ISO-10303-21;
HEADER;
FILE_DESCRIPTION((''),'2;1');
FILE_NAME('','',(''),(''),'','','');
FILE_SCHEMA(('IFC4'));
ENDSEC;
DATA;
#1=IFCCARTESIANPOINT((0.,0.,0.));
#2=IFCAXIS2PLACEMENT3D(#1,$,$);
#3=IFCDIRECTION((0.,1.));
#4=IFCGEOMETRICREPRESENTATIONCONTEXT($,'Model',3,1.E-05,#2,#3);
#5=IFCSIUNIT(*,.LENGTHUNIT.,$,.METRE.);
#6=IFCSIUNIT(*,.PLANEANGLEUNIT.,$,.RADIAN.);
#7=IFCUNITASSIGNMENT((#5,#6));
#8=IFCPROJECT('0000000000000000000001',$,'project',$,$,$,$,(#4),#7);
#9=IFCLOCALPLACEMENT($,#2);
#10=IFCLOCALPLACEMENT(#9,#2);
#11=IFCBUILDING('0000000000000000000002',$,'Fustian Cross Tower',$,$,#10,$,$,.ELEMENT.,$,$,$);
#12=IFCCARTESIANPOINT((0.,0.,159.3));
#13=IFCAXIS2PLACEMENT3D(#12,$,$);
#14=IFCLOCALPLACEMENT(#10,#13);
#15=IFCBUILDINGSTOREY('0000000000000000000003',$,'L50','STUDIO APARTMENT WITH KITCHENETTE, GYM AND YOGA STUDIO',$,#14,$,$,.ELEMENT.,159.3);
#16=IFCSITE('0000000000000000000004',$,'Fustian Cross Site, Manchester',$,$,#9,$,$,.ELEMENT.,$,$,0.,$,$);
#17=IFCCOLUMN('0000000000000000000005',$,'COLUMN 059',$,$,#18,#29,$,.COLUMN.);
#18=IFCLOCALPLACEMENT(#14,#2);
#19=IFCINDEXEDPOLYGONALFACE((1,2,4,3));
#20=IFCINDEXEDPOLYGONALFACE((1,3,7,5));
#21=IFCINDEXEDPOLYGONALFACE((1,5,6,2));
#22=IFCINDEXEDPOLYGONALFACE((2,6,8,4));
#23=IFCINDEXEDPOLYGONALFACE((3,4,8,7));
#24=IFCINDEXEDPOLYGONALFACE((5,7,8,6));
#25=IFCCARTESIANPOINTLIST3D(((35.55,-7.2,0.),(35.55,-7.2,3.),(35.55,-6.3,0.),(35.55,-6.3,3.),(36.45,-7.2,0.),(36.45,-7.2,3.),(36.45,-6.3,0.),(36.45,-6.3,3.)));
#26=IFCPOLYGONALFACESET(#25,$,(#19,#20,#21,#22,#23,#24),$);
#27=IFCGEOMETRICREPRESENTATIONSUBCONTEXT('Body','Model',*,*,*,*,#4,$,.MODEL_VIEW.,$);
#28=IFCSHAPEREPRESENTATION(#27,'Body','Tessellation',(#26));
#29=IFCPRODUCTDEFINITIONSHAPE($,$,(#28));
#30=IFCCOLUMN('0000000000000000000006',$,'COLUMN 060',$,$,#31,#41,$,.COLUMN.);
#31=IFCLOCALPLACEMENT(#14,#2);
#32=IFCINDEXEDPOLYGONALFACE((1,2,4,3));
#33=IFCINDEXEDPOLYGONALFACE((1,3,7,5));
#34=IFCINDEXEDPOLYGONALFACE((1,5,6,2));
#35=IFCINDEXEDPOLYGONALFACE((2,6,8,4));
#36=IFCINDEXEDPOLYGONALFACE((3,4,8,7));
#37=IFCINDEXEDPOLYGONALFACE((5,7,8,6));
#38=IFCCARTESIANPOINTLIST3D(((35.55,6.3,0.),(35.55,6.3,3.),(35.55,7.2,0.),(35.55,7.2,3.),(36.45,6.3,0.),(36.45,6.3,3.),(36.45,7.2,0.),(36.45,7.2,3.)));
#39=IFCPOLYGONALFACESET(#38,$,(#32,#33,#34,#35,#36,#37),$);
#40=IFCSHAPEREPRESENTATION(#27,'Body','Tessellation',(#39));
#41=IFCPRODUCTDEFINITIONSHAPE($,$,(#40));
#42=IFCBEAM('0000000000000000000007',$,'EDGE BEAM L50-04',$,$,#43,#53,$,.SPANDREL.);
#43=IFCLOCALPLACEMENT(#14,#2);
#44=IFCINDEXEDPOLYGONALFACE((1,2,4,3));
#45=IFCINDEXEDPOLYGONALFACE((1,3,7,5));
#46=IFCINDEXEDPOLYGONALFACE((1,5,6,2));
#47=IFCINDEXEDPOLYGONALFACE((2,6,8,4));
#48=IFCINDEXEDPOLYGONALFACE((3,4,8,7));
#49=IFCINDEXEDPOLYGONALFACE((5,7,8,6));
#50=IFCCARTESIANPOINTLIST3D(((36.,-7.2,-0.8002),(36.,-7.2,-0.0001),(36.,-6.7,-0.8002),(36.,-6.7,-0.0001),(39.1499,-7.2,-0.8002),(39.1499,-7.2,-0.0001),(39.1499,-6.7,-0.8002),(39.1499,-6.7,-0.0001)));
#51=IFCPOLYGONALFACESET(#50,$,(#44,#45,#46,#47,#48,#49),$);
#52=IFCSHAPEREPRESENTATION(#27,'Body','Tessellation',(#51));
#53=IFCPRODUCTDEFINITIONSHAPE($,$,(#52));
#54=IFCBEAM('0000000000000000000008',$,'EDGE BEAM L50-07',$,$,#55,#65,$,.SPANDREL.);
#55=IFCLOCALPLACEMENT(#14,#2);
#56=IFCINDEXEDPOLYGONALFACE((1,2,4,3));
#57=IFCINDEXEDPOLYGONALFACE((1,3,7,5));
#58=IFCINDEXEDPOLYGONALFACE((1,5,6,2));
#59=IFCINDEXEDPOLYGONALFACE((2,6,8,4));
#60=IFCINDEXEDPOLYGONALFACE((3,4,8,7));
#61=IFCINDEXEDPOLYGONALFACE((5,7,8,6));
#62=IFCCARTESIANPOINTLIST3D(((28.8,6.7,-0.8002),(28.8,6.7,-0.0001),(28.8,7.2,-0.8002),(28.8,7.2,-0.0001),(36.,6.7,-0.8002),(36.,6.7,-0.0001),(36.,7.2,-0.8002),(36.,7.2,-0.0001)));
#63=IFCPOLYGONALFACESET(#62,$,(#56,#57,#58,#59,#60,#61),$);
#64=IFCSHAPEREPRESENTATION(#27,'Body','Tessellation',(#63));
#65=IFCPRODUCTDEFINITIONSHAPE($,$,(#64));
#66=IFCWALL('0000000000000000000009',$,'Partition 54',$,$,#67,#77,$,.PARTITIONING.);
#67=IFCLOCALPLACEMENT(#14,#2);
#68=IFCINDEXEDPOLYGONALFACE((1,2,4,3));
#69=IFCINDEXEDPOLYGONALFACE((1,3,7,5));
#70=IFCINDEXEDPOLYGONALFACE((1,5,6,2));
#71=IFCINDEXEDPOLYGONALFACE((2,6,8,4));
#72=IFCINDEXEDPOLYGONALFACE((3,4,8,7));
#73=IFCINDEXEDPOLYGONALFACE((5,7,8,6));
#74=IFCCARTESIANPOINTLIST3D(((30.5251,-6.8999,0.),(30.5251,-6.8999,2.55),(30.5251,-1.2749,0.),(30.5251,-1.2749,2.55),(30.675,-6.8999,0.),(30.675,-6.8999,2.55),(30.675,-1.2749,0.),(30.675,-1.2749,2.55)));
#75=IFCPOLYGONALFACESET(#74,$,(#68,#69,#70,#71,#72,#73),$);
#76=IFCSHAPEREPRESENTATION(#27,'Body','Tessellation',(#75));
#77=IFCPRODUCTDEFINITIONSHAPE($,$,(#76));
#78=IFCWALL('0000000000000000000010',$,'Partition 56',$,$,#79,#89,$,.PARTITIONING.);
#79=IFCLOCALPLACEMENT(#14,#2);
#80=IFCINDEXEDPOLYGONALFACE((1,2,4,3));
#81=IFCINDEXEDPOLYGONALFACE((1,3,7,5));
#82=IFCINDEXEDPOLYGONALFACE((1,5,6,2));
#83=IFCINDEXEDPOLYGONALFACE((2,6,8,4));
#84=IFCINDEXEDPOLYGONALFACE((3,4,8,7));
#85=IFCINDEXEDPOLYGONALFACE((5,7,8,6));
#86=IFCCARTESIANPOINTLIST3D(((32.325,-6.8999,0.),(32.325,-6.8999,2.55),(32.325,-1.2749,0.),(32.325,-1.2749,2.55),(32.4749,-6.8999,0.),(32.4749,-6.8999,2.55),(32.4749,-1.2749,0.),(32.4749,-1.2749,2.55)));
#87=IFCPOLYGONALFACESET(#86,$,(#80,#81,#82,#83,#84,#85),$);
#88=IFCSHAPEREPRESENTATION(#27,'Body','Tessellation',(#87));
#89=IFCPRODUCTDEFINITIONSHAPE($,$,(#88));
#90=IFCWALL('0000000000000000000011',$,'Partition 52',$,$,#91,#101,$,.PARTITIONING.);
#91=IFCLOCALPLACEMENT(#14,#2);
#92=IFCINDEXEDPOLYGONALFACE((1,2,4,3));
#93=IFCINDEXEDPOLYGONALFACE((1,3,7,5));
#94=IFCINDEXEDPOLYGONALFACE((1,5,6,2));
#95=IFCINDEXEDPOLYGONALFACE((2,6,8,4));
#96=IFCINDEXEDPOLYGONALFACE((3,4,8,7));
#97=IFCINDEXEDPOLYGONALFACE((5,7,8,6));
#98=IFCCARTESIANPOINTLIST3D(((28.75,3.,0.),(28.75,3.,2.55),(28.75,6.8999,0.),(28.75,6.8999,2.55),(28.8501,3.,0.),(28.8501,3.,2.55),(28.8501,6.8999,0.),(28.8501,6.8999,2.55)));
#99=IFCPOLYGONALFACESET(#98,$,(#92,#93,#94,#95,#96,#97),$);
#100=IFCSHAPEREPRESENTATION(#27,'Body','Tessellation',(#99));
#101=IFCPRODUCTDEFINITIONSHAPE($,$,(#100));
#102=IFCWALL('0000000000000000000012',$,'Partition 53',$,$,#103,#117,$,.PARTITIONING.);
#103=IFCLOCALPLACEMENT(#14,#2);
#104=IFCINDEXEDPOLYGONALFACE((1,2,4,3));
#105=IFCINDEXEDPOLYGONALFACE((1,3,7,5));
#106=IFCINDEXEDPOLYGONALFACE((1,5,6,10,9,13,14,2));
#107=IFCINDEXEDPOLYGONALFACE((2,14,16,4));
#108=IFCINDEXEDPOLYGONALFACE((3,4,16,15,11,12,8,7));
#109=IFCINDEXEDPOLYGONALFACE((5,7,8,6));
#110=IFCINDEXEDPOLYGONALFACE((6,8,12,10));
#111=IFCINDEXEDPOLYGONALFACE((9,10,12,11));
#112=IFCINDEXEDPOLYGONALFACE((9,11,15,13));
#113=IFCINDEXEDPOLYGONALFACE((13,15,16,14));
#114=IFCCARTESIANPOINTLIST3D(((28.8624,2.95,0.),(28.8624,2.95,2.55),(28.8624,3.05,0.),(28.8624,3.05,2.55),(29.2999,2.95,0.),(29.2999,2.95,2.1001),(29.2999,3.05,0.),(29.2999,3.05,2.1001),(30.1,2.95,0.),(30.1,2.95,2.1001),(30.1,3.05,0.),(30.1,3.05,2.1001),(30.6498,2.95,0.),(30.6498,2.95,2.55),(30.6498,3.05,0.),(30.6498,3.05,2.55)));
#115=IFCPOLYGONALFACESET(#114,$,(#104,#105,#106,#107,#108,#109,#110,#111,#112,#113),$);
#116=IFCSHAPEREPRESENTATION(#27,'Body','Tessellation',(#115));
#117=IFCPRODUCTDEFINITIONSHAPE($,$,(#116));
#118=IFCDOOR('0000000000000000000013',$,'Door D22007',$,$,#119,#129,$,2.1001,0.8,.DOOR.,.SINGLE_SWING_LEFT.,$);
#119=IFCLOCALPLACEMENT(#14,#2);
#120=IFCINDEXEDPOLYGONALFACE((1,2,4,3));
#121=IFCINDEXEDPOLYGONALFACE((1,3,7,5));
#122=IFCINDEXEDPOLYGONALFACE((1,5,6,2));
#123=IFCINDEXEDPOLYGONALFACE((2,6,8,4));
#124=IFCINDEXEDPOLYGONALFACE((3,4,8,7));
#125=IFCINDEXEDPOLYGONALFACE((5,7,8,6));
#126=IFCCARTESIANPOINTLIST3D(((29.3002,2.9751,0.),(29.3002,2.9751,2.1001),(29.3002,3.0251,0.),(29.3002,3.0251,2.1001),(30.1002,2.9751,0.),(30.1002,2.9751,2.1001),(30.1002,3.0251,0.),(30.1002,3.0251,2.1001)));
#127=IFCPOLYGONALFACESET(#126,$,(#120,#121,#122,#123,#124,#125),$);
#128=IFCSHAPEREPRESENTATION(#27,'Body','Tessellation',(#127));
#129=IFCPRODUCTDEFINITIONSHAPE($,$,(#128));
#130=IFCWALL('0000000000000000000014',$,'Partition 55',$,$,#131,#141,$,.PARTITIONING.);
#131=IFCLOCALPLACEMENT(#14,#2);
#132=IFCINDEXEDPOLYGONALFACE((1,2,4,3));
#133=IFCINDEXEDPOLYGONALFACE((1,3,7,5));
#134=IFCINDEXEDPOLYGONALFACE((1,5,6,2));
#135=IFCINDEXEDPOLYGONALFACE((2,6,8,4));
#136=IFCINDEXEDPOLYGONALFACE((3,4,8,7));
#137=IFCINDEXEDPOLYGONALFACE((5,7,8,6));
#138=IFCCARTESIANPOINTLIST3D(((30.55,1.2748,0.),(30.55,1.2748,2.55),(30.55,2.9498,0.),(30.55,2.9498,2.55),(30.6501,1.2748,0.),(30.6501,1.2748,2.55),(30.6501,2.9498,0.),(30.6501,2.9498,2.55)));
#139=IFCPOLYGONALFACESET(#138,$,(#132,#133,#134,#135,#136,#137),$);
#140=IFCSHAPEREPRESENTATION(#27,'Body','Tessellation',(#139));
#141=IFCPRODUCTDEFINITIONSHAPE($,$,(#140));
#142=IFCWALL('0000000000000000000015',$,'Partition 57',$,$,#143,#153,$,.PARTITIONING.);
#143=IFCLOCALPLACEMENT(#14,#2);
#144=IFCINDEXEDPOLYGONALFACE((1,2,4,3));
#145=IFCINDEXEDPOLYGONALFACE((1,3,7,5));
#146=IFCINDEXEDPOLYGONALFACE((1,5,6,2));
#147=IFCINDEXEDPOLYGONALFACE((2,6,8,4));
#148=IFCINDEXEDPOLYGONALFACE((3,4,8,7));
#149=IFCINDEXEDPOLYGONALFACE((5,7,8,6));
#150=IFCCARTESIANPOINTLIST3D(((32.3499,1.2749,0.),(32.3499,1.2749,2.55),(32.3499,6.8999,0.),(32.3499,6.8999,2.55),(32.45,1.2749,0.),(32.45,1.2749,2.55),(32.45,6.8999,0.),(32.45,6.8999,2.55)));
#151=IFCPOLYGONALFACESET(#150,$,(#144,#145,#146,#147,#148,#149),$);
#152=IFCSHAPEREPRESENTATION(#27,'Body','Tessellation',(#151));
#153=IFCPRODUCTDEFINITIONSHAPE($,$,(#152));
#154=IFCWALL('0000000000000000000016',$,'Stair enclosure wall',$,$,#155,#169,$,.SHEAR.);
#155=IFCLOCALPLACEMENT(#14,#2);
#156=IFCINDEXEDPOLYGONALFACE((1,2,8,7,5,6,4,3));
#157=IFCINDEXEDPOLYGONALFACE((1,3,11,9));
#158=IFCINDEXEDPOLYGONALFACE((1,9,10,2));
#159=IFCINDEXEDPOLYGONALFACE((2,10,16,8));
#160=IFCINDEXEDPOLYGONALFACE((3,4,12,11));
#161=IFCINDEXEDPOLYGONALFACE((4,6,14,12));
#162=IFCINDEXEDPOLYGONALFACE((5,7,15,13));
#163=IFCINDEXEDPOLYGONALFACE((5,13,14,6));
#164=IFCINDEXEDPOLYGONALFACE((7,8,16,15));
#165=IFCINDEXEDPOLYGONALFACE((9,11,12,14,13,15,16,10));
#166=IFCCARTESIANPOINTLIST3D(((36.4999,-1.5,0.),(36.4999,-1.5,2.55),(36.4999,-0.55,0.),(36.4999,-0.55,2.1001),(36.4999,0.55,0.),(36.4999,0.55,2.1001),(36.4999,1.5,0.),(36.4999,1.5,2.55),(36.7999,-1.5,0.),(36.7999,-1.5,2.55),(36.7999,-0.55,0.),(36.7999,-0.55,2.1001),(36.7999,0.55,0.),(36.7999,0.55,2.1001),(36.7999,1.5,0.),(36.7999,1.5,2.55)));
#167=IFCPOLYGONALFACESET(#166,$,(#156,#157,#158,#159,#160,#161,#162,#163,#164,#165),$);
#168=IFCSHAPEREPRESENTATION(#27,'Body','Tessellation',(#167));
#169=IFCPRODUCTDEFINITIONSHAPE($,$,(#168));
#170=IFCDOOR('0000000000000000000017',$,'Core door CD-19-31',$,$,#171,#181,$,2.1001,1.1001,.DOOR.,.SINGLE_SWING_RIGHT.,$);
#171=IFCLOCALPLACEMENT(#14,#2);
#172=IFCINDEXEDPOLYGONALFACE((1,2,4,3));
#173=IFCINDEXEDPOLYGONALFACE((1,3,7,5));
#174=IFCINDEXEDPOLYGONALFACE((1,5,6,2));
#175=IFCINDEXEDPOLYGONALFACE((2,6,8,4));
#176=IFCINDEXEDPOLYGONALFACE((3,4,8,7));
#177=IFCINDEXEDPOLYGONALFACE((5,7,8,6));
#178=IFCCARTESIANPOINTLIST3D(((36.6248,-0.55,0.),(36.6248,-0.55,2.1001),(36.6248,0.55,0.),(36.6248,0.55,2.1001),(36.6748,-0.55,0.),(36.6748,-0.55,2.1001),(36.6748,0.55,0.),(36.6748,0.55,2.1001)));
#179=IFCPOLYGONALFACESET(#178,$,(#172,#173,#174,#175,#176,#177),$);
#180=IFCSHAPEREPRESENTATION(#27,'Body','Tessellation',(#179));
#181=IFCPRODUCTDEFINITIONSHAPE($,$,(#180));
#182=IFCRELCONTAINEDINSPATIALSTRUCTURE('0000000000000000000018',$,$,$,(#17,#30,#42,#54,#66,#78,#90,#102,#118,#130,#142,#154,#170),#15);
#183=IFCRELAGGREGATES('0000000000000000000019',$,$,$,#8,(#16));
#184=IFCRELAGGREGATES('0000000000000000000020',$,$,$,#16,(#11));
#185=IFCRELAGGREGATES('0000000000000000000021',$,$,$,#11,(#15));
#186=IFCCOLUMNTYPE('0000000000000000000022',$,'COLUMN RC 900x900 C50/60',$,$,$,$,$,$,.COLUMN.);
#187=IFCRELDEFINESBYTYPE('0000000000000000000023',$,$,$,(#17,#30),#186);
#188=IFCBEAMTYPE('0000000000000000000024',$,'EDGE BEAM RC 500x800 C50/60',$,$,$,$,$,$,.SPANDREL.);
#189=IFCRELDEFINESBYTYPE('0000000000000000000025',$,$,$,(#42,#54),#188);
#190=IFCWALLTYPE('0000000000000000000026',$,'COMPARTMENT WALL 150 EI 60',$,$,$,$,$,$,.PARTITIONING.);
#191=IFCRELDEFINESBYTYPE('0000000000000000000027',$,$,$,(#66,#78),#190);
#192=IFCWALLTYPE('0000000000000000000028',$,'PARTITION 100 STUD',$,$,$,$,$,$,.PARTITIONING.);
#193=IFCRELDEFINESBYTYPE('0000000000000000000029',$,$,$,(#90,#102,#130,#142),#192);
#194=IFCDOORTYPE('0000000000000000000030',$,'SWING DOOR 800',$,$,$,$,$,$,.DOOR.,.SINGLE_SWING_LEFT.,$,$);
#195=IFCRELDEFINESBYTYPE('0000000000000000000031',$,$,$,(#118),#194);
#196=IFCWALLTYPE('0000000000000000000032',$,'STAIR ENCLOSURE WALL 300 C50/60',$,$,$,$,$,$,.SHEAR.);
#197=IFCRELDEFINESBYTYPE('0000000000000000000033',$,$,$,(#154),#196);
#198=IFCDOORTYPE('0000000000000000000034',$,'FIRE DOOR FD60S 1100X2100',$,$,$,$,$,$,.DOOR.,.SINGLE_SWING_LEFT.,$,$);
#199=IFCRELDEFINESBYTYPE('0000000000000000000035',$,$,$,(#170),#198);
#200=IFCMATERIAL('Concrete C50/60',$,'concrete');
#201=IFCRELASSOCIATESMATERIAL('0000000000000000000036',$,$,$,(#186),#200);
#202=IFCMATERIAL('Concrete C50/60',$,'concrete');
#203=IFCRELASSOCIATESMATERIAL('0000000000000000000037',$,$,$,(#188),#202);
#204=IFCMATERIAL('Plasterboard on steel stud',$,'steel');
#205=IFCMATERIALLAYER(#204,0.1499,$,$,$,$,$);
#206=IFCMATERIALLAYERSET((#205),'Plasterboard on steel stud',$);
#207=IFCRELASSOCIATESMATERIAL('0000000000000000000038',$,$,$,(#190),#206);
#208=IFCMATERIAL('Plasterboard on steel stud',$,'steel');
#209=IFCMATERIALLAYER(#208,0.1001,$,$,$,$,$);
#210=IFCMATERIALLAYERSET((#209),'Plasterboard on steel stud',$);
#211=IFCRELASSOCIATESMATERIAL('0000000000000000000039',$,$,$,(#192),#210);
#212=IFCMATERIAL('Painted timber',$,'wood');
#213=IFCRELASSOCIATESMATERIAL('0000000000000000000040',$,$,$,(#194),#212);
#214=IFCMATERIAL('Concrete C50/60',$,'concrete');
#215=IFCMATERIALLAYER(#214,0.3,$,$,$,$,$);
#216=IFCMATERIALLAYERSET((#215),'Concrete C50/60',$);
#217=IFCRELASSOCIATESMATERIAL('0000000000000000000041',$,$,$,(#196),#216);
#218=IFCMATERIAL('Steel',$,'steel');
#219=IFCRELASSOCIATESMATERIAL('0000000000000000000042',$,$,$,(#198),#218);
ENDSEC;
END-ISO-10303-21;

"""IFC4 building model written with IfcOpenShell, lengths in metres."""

from ifc_helpers import new_model, si_unit, direction, frame, frame_2d, origin, origin_2d, place, context, subcontext, project, spatial, rectangle, extrude, material, layer, layer_set, material_profile, profile_set, type_object, element, fill, save


model = new_model("IFC4")

# Units and contexts
model_context = context("Model", 3, precision=1e-05, world=origin(), true_north=direction((0.0, 1.0)))
body_context = subcontext(model_context, "Body", "Model", "MODEL_VIEW")
ifc_project = project(units=[si_unit("LENGTHUNIT", "METRE"), si_unit("PLANEANGLEUNIT", "RADIAN")], contexts=[model_context])

# Site, building, storey
site_placement = place(None, origin())
site = spatial("IfcSite", under=ifc_project, at=site_placement, Name="Fustian Cross Site, Manchester", CompositionType="ELEMENT", RefElevation=0.0)
building_placement = place(site_placement, origin())
building = spatial("IfcBuilding", under=site, at=building_placement, Name="Fustian Cross Tower", CompositionType="ELEMENT")
storey_placement = place(building_placement, frame((0.0, 0.0, 159.3)))
storey = spatial("IfcBuildingStorey", under=building, at=storey_placement, Name="L50", Description="STUDIO APARTMENT WITH KITCHENETTE, GYM AND YOGA STUDIO", CompositionType="ELEMENT", Elevation=159.3)

# Columns
ifc_material_1 = material(Name="Concrete C50/60", Category="concrete")
ifc_material_profile_1 = material_profile(ifc_material_1, rectangle(XDim=0.8999, YDim=0.8999, at=origin_2d()), Name="RC 900x900")
ifc_profile_set_1 = profile_set([ifc_material_profile_1], Name="Concrete C50/60")
column_type = type_object("IfcColumnType", Name="COLUMN RC 900x900 C50/60", PredefinedType="COLUMN", material=ifc_profile_set_1)
for number, where, z_axis, x_axis, name in (
    (1, (36.0, -6.75, 0.0), (0.0, 0.0, 1.0), (1.0, 0.0, 0.0), "COLUMN 059"),
    (2, (36.0, 6.75, 0.0), (0.0, 0.0, 1.0), (1.0, 0.0, 0.0), "COLUMN 060"),
):
    element("IfcColumn", number, at=place(storey_placement, frame(where, z_axis=z_axis, x_axis=x_axis)), inside=storey, type_object=column_type, Name=name, PredefinedType="COLUMN", context=body_context, shape_type="SweptSolid", body=[
        extrude(rectangle(XDim=0.8999, YDim=0.8999, at=origin_2d()), origin(), (0.0, 0.0, 1.0), 3.0),
    ])

# Beams
ifc_material_2 = material(Name="Concrete C50/60", Category="concrete")
ifc_material_profile_2 = material_profile(ifc_material_2, rectangle(XDim=0.5, YDim=0.8, at=origin_2d()), Name="RC 500x800")
ifc_profile_set_2 = profile_set([ifc_material_profile_2], Name="Concrete C50/60")
beam_type = type_object("IfcBeamType", Name="EDGE BEAM RC 500x800 C50/60", PredefinedType="SPANDREL", material=ifc_profile_set_2)
beam_1_placement = place(storey_placement, frame((36.0, -6.95, -0.4001), z_axis=(1.0, 0.0, 0.0), x_axis=(0.0, 1.0, 0.0)))
element("IfcBeam", 3, at=beam_1_placement, inside=storey, type_object=beam_type, Name="EDGE BEAM L50-04", PredefinedType="SPANDREL", context=body_context, shape_type="SweptSolid", body=[
    extrude(rectangle(XDim=0.5, YDim=0.8, at=origin_2d()), origin(), (0.0, 0.0, 1.0), 3.1499),
])
beam_2_placement = place(storey_placement, frame((36.0, 6.95, -0.4001), z_axis=(-1.0, 0.0, 0.0), x_axis=(0.0, -1.0, 0.0)))
element("IfcBeam", 4, at=beam_2_placement, inside=storey, type_object=beam_type, Name="EDGE BEAM L50-07", PredefinedType="SPANDREL", context=body_context, shape_type="SweptSolid", body=[
    extrude(rectangle(XDim=0.5, YDim=0.8, at=origin_2d()), origin(), (0.0, 0.0, 1.0), 7.2),
])

# Walls
ifc_material_3 = material(Name="Plasterboard on steel stud", Category="steel")
ifc_layer_1 = layer(ifc_material_3, 0.1499)
ifc_layer_set_1 = layer_set([ifc_layer_1], Name="Plasterboard on steel stud")
wall_type_1 = type_object("IfcWallType", Name="COMPARTMENT WALL 150 EI 60", PredefinedType="PARTITIONING", material=ifc_layer_set_1)
for number, where, z_axis, x_axis, name in (
    (5, (30.6001, -6.8999, 0.0), (0.0, 0.0, 1.0), (0.0, 1.0, 0.0), "Partition 54"),
    (6, (32.3999, -6.8999, 0.0), (0.0, 0.0, 1.0), (0.0, 1.0, 0.0), "Partition 56"),
):
    element("IfcWall", number, at=place(storey_placement, frame(where, z_axis=z_axis, x_axis=x_axis)), inside=storey, type_object=wall_type_1, Name=name, PredefinedType="PARTITIONING", context=body_context, shape_type="SweptSolid", body=[
        extrude(rectangle(XDim=5.625, YDim=0.1499, at=frame_2d((2.8125, 0.0))), origin(), (0.0, 0.0, 1.0), 2.55),
    ])
ifc_material_4 = material(Name="Plasterboard on steel stud", Category="steel")
ifc_layer_2 = layer(ifc_material_4, 0.1001)
ifc_layer_set_2 = layer_set([ifc_layer_2], Name="Plasterboard on steel stud")
wall_type_2 = type_object("IfcWallType", Name="PARTITION 100 STUD", PredefinedType="PARTITIONING", material=ifc_layer_set_2)
wall_1_placement = place(storey_placement, frame((28.8, 3.0, 0.0), z_axis=(0.0, 0.0, 1.0), x_axis=(0.0, 1.0, 0.0)))
element("IfcWall", 7, at=wall_1_placement, inside=storey, type_object=wall_type_2, Name="Partition 52", PredefinedType="PARTITIONING", context=body_context, shape_type="SweptSolid", body=[
    extrude(rectangle(XDim=3.8999, YDim=0.1001, at=frame_2d((1.95, 0.0))), origin(), (0.0, 0.0, 1.0), 2.55),
])

# Wall, opening, door
wall_2_placement = place(storey_placement, frame((28.8625, 3.0, 0.0), z_axis=(0.0, 0.0, 1.0), x_axis=(1.0, 0.0, 0.0)))
wall_2 = element("IfcWall", 8, at=wall_2_placement, inside=storey, type_object=wall_type_2, Name="Partition 53", PredefinedType="PARTITIONING", context=body_context, shape_type="SweptSolid", body=[
    extrude(rectangle(XDim=1.7874, YDim=0.1001, at=frame_2d((0.8936, 0.0))), origin(), (0.0, 0.0, 1.0), 2.55),
])
opening_1_placement = place(wall_2_placement, frame((0.4375, 0.0, 0.0)))
opening_1 = element("IfcOpeningElement", 9, at=opening_1_placement, cuts=wall_2, PredefinedType="OPENING", context=body_context, shape_type="SweptSolid", body=[
    extrude(rectangle(XDim=0.8, YDim=2.1001, at=frame_2d((0.3999, 1.05))), frame((0.0, 0.0601, 0.0), z_axis=(0.0, -1.0, 0.0), x_axis=(1.0, 0.0, 0.0)), (0.0, 0.0, 1.0), 0.1201),
])
ifc_material_5 = material(Name="Painted timber", Category="wood")
door_type_1 = type_object("IfcDoorType", Name="SWING DOOR 800", OperationType="SINGLE_SWING_LEFT", PredefinedType="DOOR", material=ifc_material_5)
door_1_placement = place(opening_1_placement, frame((0.8, 0.0, 0.0), z_axis=(0.0, 0.0, 1.0), x_axis=(-1.0, 0.0, 0.0)))
door_1 = element("IfcDoor", 10, at=door_1_placement, inside=storey, type_object=door_type_1, Name="Door D22007", OperationType="SINGLE_SWING_LEFT", OverallHeight=2.1001, OverallWidth=0.8, PredefinedType="DOOR", context=body_context, shape_type="SweptSolid", body=[
    extrude(rectangle(XDim=0.8, YDim=2.1001, at=frame_2d((0.3999, 1.05))), frame((0.0, 0.0249, 0.0), z_axis=(0.0, -1.0, 0.0), x_axis=(1.0, 0.0, 0.0)), (0.0, 0.0, 1.0), 0.05),
])
fill(opening_1, door_1)

# Walls
wall_3_placement = place(storey_placement, frame((30.6001, 1.2749, 0.0), z_axis=(0.0, 0.0, 1.0), x_axis=(0.0, 1.0, 0.0)))
element("IfcWall", 11, at=wall_3_placement, inside=storey, type_object=wall_type_2, Name="Partition 55", PredefinedType="PARTITIONING", context=body_context, shape_type="SweptSolid", body=[
    extrude(rectangle(XDim=1.675, YDim=0.1001, at=frame_2d((0.8374, 0.0))), origin(), (0.0, 0.0, 1.0), 2.55),
])
wall_4_placement = place(storey_placement, frame((32.3999, 1.2749, 0.0), z_axis=(0.0, 0.0, 1.0), x_axis=(0.0, 1.0, 0.0)))
element("IfcWall", 12, at=wall_4_placement, inside=storey, type_object=wall_type_2, Name="Partition 57", PredefinedType="PARTITIONING", context=body_context, shape_type="SweptSolid", body=[
    extrude(rectangle(XDim=5.625, YDim=0.1001, at=frame_2d((2.8125, 0.0))), origin(), (0.0, 0.0, 1.0), 2.55),
])

# Wall, opening, door
ifc_material_6 = material(Name="Concrete C50/60", Category="concrete")
ifc_layer_3 = layer(ifc_material_6, 0.3)
ifc_layer_set_3 = layer_set([ifc_layer_3], Name="Concrete C50/60")
wall_type_3 = type_object("IfcWallType", Name="STAIR ENCLOSURE WALL 300 C50/60", PredefinedType="SHEAR", material=ifc_layer_set_3)
wall_5_placement = place(storey_placement, frame((36.6499, -1.5, 0.0), z_axis=(0.0, 0.0, 1.0), x_axis=(0.0, 1.0, 0.0)))
wall_5 = element("IfcWall", 13, at=wall_5_placement, inside=storey, type_object=wall_type_3, Name="Stair enclosure wall", PredefinedType="SHEAR", context=body_context, shape_type="SweptSolid", body=[
    extrude(rectangle(XDim=3.0, YDim=0.3, at=frame_2d((1.5, 0.0))), origin(), (0.0, 0.0, 1.0), 2.55),
])
opening_2_placement = place(wall_5_placement, frame((0.95, 0.0, 0.0)))
opening_2 = element("IfcOpeningElement", 14, at=opening_2_placement, cuts=wall_5, PredefinedType="OPENING", context=body_context, shape_type="SweptSolid", body=[
    extrude(rectangle(XDim=1.1001, YDim=2.1001, at=frame_2d((0.55, 1.05))), frame((0.0, 0.1599, 0.0), z_axis=(0.0, -1.0, 0.0), x_axis=(1.0, 0.0, 0.0)), (0.0, 0.0, 1.0), 0.3201),
])
ifc_material_7 = material(Name="Steel", Category="steel")
door_type_2 = type_object("IfcDoorType", Name="FIRE DOOR FD60S 1100X2100", OperationType="SINGLE_SWING_LEFT", PredefinedType="DOOR", material=ifc_material_7)
door_2_placement = place(opening_2_placement, frame((1.1001, 0.0, 0.0), z_axis=(0.0, 0.0, 1.0), x_axis=(-1.0, 0.0, 0.0)))
door_2 = element("IfcDoor", 15, at=door_2_placement, inside=storey, type_object=door_type_2, Name="Core door CD-19-31", OperationType="SINGLE_SWING_RIGHT", OverallHeight=2.1001, OverallWidth=1.1001, PredefinedType="DOOR", context=body_context, shape_type="SweptSolid", body=[
    extrude(rectangle(XDim=1.1001, YDim=2.1001, at=frame_2d((0.55, 1.05))), frame((0.0, 0.0249, 0.0), z_axis=(0.0, -1.0, 0.0), x_axis=(1.0, 0.0, 0.0)), (0.0, 0.0, 1.0), 0.05),
])
fill(opening_2, door_2)

save(model, "model.ifc")
